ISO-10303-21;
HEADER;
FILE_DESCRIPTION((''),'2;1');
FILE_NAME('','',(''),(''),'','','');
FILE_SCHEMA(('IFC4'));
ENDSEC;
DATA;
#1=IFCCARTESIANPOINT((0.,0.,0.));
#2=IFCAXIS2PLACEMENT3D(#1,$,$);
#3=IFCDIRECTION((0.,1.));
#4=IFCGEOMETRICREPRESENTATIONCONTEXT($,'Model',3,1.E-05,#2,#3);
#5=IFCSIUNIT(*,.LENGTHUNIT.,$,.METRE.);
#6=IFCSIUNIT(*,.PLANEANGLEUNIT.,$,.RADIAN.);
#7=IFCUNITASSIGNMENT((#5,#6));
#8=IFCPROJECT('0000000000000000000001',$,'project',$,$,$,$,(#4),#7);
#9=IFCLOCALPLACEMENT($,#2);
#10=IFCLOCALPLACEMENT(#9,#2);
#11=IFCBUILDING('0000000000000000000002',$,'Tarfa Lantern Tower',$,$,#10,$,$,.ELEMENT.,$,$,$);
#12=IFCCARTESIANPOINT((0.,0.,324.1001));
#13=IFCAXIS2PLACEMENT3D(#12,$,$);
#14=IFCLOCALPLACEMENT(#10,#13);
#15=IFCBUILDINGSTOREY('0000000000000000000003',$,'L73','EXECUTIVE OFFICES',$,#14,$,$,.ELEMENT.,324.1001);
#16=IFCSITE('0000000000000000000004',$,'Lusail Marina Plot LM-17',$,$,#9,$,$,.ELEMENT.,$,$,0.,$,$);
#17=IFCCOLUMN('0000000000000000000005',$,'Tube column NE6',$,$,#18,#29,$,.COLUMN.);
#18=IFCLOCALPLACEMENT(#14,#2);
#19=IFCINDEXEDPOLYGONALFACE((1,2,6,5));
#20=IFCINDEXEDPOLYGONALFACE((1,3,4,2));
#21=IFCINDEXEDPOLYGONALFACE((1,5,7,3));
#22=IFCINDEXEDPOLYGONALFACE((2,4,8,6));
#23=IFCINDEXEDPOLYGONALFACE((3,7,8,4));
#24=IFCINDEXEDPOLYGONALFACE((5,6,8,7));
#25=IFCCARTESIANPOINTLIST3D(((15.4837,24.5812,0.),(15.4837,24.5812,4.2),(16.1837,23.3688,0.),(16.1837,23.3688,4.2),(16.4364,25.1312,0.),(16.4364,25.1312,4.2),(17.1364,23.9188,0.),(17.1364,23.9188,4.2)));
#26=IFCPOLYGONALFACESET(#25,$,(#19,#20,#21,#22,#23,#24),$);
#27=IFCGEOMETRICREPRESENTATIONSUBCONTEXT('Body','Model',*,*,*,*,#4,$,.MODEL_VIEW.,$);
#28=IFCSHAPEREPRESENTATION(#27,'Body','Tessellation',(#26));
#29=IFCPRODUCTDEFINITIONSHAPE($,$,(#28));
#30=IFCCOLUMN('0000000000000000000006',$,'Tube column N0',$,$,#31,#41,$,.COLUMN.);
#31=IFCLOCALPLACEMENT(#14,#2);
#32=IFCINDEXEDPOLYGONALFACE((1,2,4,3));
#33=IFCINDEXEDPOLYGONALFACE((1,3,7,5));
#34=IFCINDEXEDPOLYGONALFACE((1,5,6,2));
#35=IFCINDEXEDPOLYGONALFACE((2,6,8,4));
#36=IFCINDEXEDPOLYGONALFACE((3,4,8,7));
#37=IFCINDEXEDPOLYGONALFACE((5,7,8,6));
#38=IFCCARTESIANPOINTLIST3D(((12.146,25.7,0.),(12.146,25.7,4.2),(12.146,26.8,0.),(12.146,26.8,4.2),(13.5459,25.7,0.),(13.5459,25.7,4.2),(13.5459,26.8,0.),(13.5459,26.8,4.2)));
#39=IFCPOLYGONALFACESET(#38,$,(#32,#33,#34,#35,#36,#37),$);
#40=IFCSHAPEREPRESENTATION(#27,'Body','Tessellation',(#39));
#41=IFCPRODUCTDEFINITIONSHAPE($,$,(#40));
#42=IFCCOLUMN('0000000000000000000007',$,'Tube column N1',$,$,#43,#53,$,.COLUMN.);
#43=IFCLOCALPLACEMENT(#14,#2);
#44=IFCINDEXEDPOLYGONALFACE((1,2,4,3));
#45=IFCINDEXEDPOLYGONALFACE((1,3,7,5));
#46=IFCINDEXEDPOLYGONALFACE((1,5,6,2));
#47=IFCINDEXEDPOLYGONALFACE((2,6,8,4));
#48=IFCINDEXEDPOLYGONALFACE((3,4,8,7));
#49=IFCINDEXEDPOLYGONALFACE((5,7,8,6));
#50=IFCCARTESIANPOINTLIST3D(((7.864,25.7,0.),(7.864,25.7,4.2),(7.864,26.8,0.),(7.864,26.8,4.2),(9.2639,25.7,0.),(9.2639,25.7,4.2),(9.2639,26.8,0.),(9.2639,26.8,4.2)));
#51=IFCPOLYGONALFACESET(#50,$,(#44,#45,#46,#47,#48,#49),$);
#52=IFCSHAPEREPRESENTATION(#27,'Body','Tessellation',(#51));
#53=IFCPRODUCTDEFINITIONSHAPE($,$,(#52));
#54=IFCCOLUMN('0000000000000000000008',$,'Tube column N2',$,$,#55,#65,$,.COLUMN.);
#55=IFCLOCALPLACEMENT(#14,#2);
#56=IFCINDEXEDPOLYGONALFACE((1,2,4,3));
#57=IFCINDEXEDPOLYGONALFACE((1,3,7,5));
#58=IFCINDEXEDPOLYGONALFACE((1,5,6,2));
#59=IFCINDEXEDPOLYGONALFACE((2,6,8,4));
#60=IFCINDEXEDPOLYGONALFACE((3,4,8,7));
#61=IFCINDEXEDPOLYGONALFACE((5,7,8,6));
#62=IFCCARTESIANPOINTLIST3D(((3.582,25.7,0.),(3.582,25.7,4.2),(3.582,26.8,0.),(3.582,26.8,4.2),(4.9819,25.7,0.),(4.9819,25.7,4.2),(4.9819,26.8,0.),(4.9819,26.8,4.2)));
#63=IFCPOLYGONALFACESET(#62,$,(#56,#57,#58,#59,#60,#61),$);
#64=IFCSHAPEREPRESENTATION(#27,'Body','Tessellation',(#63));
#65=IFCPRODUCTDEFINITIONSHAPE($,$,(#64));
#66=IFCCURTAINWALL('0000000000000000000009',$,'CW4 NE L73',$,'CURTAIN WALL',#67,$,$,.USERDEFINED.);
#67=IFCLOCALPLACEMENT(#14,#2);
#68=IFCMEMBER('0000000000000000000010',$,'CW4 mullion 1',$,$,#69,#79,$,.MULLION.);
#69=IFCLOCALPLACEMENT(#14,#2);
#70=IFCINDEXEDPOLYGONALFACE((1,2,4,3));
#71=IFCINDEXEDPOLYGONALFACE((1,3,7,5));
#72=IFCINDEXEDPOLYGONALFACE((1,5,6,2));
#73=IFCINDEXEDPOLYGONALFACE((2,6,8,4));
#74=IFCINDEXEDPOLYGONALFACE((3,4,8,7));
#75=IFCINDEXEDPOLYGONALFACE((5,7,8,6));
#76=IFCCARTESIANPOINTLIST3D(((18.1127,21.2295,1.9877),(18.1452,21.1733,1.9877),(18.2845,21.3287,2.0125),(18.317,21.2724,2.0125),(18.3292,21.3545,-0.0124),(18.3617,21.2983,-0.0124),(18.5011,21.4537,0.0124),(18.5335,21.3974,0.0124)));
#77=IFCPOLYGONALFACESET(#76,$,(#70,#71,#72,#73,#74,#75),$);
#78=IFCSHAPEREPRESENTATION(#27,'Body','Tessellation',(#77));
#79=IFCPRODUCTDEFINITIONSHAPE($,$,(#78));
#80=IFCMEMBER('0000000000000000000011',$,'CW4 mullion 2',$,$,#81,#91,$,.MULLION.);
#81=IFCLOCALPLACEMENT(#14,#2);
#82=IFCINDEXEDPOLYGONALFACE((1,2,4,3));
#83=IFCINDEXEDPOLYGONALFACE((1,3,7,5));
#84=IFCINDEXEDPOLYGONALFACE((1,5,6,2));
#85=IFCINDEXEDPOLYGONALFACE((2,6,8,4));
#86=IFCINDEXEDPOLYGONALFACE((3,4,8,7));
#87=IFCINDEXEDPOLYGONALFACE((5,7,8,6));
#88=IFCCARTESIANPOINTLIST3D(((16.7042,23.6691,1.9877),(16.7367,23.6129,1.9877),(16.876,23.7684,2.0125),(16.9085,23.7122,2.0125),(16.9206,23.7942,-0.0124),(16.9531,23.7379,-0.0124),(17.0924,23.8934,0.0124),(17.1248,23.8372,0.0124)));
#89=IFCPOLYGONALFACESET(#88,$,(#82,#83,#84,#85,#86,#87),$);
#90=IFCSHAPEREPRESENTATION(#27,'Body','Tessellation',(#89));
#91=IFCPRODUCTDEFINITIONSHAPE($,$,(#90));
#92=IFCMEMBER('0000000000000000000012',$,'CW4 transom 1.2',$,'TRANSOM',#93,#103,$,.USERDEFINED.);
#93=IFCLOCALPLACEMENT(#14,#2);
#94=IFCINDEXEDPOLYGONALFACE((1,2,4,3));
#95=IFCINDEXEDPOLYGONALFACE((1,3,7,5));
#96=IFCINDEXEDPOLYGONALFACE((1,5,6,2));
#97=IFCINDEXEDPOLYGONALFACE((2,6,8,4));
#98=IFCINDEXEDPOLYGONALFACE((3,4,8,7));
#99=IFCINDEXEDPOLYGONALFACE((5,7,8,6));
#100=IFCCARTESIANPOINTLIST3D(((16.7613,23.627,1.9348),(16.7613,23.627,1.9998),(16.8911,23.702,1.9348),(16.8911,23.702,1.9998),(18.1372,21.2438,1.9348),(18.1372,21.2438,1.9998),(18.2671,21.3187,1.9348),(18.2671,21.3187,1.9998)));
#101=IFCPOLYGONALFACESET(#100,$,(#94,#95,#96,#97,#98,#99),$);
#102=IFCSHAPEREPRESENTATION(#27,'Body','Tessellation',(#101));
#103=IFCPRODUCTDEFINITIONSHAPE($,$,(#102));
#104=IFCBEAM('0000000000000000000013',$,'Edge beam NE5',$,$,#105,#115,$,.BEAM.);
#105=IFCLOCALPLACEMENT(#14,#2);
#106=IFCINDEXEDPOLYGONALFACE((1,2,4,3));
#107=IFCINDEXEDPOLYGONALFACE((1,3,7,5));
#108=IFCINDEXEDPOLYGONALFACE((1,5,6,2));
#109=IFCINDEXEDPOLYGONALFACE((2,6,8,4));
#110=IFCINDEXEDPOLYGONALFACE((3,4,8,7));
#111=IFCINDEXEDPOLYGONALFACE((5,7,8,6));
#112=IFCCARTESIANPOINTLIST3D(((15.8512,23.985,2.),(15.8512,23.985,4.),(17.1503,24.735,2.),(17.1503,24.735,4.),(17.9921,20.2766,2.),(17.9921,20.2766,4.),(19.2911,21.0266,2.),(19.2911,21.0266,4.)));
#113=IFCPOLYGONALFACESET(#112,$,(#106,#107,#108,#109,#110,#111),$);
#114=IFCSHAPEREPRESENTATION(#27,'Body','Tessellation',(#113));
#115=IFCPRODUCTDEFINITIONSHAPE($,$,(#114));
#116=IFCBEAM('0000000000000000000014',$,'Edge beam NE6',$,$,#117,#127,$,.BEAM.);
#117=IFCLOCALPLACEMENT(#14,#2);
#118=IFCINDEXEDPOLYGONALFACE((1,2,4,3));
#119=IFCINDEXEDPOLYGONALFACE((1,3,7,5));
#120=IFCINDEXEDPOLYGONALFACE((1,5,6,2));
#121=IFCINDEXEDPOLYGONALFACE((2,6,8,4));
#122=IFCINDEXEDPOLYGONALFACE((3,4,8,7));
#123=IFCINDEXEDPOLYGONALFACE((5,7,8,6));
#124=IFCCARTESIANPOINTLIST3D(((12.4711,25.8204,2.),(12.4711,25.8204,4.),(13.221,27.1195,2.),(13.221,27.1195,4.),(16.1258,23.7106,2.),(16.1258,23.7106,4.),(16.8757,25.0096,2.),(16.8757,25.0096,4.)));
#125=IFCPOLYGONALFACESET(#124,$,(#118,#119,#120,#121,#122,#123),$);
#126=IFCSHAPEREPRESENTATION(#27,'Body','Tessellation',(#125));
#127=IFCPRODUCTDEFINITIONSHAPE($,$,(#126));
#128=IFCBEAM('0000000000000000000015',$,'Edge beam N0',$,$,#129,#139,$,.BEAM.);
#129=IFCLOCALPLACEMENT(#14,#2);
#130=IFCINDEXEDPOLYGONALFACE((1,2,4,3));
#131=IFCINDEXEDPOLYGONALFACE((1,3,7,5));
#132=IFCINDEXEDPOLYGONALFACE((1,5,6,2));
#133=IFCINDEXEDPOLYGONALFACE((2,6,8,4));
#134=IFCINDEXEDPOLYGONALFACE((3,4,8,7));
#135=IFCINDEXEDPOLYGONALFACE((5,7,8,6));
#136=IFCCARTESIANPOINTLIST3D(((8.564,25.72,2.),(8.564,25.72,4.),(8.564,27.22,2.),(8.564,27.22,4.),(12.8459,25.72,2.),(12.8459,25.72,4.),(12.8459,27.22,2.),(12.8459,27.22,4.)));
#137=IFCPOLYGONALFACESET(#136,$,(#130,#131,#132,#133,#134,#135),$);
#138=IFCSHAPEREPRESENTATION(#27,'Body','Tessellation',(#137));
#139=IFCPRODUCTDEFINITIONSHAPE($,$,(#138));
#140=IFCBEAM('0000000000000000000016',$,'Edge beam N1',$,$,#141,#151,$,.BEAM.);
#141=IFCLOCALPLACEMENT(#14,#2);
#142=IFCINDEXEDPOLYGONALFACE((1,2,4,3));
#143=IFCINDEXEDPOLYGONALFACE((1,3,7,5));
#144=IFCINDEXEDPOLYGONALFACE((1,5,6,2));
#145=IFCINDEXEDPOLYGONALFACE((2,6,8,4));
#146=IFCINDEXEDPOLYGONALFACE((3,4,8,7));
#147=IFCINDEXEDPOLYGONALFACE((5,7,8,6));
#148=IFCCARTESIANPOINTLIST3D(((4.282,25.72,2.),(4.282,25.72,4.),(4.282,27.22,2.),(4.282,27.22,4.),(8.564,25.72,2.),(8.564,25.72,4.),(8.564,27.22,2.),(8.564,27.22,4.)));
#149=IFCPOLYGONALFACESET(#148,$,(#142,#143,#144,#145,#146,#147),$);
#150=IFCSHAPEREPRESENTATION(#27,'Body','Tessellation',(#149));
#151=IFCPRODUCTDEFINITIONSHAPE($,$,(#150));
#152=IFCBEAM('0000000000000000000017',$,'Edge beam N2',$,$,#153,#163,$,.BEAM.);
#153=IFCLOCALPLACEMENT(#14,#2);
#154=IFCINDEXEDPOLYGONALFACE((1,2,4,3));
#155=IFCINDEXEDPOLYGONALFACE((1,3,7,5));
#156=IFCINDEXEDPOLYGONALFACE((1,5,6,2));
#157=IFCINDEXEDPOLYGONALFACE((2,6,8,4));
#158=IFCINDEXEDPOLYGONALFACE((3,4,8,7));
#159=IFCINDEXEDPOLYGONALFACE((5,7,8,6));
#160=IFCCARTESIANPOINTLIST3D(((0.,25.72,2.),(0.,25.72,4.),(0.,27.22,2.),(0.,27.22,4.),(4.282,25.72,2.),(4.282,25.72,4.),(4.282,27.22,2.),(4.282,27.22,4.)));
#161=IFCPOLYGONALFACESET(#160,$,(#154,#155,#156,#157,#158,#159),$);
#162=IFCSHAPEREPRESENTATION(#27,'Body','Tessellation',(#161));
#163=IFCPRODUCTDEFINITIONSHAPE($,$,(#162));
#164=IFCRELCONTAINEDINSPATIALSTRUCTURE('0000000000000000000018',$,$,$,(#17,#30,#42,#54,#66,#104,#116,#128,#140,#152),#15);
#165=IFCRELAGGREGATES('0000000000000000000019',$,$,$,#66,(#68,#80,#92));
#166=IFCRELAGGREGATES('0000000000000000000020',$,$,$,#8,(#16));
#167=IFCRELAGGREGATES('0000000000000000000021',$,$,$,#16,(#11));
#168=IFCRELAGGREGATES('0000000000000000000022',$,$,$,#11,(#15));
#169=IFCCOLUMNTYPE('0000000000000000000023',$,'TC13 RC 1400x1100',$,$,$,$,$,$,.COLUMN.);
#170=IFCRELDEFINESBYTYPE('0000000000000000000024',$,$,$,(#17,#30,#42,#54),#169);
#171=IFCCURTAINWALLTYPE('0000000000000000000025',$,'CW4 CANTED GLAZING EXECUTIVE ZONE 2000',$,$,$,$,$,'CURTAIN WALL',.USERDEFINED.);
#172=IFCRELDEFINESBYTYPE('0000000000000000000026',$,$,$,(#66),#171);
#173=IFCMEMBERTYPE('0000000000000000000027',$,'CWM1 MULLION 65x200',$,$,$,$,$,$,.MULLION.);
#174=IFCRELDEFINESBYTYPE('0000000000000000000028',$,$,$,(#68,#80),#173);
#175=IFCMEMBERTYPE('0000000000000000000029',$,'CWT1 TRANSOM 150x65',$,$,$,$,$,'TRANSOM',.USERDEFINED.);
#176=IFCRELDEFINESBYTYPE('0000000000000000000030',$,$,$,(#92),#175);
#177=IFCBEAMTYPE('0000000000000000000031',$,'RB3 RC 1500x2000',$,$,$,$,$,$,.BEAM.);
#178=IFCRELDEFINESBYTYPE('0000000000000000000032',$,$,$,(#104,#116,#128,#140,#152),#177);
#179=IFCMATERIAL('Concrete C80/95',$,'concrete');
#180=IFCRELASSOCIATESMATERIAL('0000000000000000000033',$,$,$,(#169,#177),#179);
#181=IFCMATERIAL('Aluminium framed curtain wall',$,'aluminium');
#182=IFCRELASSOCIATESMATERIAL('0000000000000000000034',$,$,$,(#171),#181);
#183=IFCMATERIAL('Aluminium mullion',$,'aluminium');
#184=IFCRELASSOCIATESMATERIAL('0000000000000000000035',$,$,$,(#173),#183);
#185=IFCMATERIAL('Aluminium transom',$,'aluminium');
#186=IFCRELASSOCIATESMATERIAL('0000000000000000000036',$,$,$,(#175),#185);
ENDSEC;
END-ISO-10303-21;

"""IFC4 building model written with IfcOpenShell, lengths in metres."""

from ifc_helpers import new_model, si_unit, direction, frame, origin, origin_2d, place, context, subcontext, project, spatial, rectangle, extrude, material, material_profile, profile_set, type_object, element, aggregate, save


model = new_model("IFC4")

# Units and contexts
model_context = context("Model", 3, precision=1e-05, world=origin(), true_north=direction((0.0, 1.0)))
body_context = subcontext(model_context, "Body", "Model", "MODEL_VIEW")
ifc_project = project(units=[si_unit("LENGTHUNIT", "METRE"), si_unit("PLANEANGLEUNIT", "RADIAN")], contexts=[model_context])

# Site, building, storey
site_placement = place(None, origin())
site = spatial("IfcSite", under=ifc_project, at=site_placement, Name="Lusail Marina Plot LM-17", CompositionType="ELEMENT", RefElevation=0.0)
building_placement = place(site_placement, origin())
building = spatial("IfcBuilding", under=site, at=building_placement, Name="Tarfa Lantern Tower", CompositionType="ELEMENT")
storey_placement = place(building_placement, frame((0.0, 0.0, 324.1001)))
storey = spatial("IfcBuildingStorey", under=building, at=storey_placement, Name="L73", Description="EXECUTIVE OFFICES", CompositionType="ELEMENT", Elevation=324.1001)

# Columns
ifc_material_1 = material(Name="Concrete C80/95", Category="concrete")
ifc_material_profile_1 = material_profile(ifc_material_1, rectangle(XDim=1.3999, YDim=1.1001, at=origin_2d()), Name="RC 1400x1100")
ifc_profile_set_1 = profile_set([ifc_material_profile_1], Name="Concrete C80/95")
column_type = type_object("IfcColumnType", Name="TC13 RC 1400x1100", PredefinedType="COLUMN", material=ifc_profile_set_1)
for number, where, z_axis, x_axis, name in (
    (1, (16.3101, 24.25, 0.0), (0.0, 0.0, 1.0), (-0.5, 0.866025, 0.0), "Tube column NE6"),
    (2, (12.8459, 26.25, 0.0), (0.0, 0.0, 1.0), (-1.0, 0.0, 0.0), "Tube column N0"),
    (3, (8.564, 26.25, 0.0), (0.0, 0.0, 1.0), (-1.0, 0.0, 0.0), "Tube column N1"),
    (4, (4.282, 26.25, 0.0), (0.0, 0.0, 1.0), (-1.0, 0.0, 0.0), "Tube column N2"),
):
    element("IfcColumn", number, at=place(storey_placement, frame(where, z_axis=z_axis, x_axis=x_axis)), inside=storey, type_object=column_type, Name=name, PredefinedType="COLUMN", context=body_context, shape_type="SweptSolid", body=[
        extrude(rectangle(XDim=1.3999, YDim=1.1001, at=origin_2d()), origin(), (0.0, 0.0, 1.0), 4.2),
    ])

# Curtain wall, members
ifc_material_2 = material(Name="Aluminium framed curtain wall", Category="aluminium")
curtain_wall_type = type_object("IfcCurtainWallType", Name="CW4 CANTED GLAZING EXECUTIVE ZONE 2000", ElementType="CURTAIN WALL", PredefinedType="USERDEFINED", material=ifc_material_2)
curtain_wall_placement = place(storey_placement, origin())
curtain_wall = element("IfcCurtainWall", 5, at=curtain_wall_placement, inside=storey, type_object=curtain_wall_type, Name="CW4 NE L73", ObjectType="CURTAIN WALL", PredefinedType="USERDEFINED")
ifc_material_3 = material(Name="Aluminium mullion", Category="aluminium")
ifc_material_profile_2 = material_profile(ifc_material_3, rectangle(XDim=0.0649, YDim=0.2, at=origin_2d()), Name="AL MULLION 65x200")
ifc_profile_set_2 = profile_set([ifc_material_profile_2], Name="Aluminium mullion")
member_type_1 = type_object("IfcMemberType", Name="CWM1 MULLION 65x200", PredefinedType="MULLION", material=ifc_profile_set_2)
member_1_placement = place(storey_placement, frame((18.4314, 21.376, 0.0), z_axis=(-0.10744, -0.062017, 0.992275), x_axis=(0.49992, -0.866072, 0.0)))
member_1 = element("IfcMember", 6, at=member_1_placement, type_object=member_type_1, Name="CW4 mullion 1", PredefinedType="MULLION", context=body_context, shape_type="SweptSolid", body=[
    extrude(rectangle(XDim=0.0649, YDim=0.2, at=origin_2d()), origin(), (0.0, 0.0, 1.0), 2.0156),
])
member_2_placement = place(storey_placement, frame((17.0227, 23.8157, 0.0), z_axis=(-0.10732, -0.062018, 0.992288), x_axis=(0.500343, -0.865827, 0.0)))
member_2 = element("IfcMember", 7, at=member_2_placement, type_object=member_type_1, Name="CW4 mullion 2", PredefinedType="MULLION", context=body_context, shape_type="SweptSolid", body=[
    extrude(rectangle(XDim=0.0649, YDim=0.2, at=origin_2d()), origin(), (0.0, 0.0, 1.0), 2.0156),
])
ifc_material_4 = material(Name="Aluminium transom", Category="aluminium")
ifc_material_profile_3 = material_profile(ifc_material_4, rectangle(XDim=0.1499, YDim=0.0649, at=origin_2d()), Name="AL TRANSOM 150x65")
ifc_profile_set_3 = profile_set([ifc_material_profile_3], Name="Aluminium transom")
member_type_2 = type_object("IfcMemberType", Name="CWT1 TRANSOM 150x65", ElementType="TRANSOM", PredefinedType="USERDEFINED", material=ifc_profile_set_3)
member_3_placement = place(storey_placement, frame((18.2021, 21.2812, 1.9673), z_axis=(-0.499994, 0.866029, 0.0), x_axis=(-0.866029, -0.499994, 0.0)))
member_3 = element("IfcMember", 8, at=member_3_placement, type_object=member_type_2, Name="CW4 transom 1.2", ObjectType="TRANSOM", PredefinedType="USERDEFINED", context=body_context, shape_type="SweptSolid", body=[
    extrude(rectangle(XDim=0.1499, YDim=0.0649, at=origin_2d()), origin(), (0.0, 0.0, 1.0), 2.752),
])

# Beams
ifc_material_profile_4 = material_profile(ifc_material_1, rectangle(XDim=1.5, YDim=2.0, at=origin_2d()), Name="RC 1500x2000")
ifc_profile_set_4 = profile_set([ifc_material_profile_4], Name="Concrete C80/95")
beam_type_1 = type_object("IfcBeamType", Name="RB3 RC 1500x2000", PredefinedType="BEAM", material=ifc_profile_set_4)
beam_1_placement = place(storey_placement, frame((18.6416, 20.6516, 3.0), z_axis=(-0.499959, 0.866049, 0.0), x_axis=(-0.866049, -0.499959, 0.0)))
element("IfcBeam", 9, at=beam_1_placement, inside=storey, type_object=beam_type_1, Name="Edge beam NE5", PredefinedType="BEAM", context=body_context, shape_type="SweptSolid", body=[
    extrude(rectangle(XDim=1.5, YDim=2.0, at=origin_2d()), origin(), (0.0, 0.0, 1.0), 4.282),
])
beam_2_placement = place(storey_placement, frame((16.5007, 24.3601, 3.0), z_axis=(-0.866049, 0.499959, 0.0), x_axis=(-0.499959, -0.866049, 0.0)))
element("IfcBeam", 10, at=beam_2_placement, inside=storey, type_object=beam_type_1, Name="Edge beam NE6", PredefinedType="BEAM", context=body_context, shape_type="SweptSolid", body=[
    extrude(rectangle(XDim=1.5, YDim=2.0, at=origin_2d()), origin(), (0.0, 0.0, 1.0), 4.22),
])
for number, where, z_axis, x_axis, name in (
    (11, (12.8459, 26.47, 3.0), (-1.0, 0.0, 0.0), (0.0, -1.0, 0.0), "Edge beam N0"),
    (12, (8.564, 26.47, 3.0), (-1.0, 0.0, 0.0), (0.0, -1.0, 0.0), "Edge beam N1"),
    (13, (4.282, 26.47, 3.0), (-1.0, 0.0, 0.0), (0.0, -1.0, 0.0), "Edge beam N2"),
):
    element("IfcBeam", number, at=place(storey_placement, frame(where, z_axis=z_axis, x_axis=x_axis)), inside=storey, type_object=beam_type_1, Name=name, PredefinedType="BEAM", context=body_context, shape_type="SweptSolid", body=[
        extrude(rectangle(XDim=1.5, YDim=2.0, at=origin_2d()), origin(), (0.0, 0.0, 1.0), 4.282),
    ])

aggregate(curtain_wall, [member_1, member_2, member_3])

save(model, "model.ifc")
